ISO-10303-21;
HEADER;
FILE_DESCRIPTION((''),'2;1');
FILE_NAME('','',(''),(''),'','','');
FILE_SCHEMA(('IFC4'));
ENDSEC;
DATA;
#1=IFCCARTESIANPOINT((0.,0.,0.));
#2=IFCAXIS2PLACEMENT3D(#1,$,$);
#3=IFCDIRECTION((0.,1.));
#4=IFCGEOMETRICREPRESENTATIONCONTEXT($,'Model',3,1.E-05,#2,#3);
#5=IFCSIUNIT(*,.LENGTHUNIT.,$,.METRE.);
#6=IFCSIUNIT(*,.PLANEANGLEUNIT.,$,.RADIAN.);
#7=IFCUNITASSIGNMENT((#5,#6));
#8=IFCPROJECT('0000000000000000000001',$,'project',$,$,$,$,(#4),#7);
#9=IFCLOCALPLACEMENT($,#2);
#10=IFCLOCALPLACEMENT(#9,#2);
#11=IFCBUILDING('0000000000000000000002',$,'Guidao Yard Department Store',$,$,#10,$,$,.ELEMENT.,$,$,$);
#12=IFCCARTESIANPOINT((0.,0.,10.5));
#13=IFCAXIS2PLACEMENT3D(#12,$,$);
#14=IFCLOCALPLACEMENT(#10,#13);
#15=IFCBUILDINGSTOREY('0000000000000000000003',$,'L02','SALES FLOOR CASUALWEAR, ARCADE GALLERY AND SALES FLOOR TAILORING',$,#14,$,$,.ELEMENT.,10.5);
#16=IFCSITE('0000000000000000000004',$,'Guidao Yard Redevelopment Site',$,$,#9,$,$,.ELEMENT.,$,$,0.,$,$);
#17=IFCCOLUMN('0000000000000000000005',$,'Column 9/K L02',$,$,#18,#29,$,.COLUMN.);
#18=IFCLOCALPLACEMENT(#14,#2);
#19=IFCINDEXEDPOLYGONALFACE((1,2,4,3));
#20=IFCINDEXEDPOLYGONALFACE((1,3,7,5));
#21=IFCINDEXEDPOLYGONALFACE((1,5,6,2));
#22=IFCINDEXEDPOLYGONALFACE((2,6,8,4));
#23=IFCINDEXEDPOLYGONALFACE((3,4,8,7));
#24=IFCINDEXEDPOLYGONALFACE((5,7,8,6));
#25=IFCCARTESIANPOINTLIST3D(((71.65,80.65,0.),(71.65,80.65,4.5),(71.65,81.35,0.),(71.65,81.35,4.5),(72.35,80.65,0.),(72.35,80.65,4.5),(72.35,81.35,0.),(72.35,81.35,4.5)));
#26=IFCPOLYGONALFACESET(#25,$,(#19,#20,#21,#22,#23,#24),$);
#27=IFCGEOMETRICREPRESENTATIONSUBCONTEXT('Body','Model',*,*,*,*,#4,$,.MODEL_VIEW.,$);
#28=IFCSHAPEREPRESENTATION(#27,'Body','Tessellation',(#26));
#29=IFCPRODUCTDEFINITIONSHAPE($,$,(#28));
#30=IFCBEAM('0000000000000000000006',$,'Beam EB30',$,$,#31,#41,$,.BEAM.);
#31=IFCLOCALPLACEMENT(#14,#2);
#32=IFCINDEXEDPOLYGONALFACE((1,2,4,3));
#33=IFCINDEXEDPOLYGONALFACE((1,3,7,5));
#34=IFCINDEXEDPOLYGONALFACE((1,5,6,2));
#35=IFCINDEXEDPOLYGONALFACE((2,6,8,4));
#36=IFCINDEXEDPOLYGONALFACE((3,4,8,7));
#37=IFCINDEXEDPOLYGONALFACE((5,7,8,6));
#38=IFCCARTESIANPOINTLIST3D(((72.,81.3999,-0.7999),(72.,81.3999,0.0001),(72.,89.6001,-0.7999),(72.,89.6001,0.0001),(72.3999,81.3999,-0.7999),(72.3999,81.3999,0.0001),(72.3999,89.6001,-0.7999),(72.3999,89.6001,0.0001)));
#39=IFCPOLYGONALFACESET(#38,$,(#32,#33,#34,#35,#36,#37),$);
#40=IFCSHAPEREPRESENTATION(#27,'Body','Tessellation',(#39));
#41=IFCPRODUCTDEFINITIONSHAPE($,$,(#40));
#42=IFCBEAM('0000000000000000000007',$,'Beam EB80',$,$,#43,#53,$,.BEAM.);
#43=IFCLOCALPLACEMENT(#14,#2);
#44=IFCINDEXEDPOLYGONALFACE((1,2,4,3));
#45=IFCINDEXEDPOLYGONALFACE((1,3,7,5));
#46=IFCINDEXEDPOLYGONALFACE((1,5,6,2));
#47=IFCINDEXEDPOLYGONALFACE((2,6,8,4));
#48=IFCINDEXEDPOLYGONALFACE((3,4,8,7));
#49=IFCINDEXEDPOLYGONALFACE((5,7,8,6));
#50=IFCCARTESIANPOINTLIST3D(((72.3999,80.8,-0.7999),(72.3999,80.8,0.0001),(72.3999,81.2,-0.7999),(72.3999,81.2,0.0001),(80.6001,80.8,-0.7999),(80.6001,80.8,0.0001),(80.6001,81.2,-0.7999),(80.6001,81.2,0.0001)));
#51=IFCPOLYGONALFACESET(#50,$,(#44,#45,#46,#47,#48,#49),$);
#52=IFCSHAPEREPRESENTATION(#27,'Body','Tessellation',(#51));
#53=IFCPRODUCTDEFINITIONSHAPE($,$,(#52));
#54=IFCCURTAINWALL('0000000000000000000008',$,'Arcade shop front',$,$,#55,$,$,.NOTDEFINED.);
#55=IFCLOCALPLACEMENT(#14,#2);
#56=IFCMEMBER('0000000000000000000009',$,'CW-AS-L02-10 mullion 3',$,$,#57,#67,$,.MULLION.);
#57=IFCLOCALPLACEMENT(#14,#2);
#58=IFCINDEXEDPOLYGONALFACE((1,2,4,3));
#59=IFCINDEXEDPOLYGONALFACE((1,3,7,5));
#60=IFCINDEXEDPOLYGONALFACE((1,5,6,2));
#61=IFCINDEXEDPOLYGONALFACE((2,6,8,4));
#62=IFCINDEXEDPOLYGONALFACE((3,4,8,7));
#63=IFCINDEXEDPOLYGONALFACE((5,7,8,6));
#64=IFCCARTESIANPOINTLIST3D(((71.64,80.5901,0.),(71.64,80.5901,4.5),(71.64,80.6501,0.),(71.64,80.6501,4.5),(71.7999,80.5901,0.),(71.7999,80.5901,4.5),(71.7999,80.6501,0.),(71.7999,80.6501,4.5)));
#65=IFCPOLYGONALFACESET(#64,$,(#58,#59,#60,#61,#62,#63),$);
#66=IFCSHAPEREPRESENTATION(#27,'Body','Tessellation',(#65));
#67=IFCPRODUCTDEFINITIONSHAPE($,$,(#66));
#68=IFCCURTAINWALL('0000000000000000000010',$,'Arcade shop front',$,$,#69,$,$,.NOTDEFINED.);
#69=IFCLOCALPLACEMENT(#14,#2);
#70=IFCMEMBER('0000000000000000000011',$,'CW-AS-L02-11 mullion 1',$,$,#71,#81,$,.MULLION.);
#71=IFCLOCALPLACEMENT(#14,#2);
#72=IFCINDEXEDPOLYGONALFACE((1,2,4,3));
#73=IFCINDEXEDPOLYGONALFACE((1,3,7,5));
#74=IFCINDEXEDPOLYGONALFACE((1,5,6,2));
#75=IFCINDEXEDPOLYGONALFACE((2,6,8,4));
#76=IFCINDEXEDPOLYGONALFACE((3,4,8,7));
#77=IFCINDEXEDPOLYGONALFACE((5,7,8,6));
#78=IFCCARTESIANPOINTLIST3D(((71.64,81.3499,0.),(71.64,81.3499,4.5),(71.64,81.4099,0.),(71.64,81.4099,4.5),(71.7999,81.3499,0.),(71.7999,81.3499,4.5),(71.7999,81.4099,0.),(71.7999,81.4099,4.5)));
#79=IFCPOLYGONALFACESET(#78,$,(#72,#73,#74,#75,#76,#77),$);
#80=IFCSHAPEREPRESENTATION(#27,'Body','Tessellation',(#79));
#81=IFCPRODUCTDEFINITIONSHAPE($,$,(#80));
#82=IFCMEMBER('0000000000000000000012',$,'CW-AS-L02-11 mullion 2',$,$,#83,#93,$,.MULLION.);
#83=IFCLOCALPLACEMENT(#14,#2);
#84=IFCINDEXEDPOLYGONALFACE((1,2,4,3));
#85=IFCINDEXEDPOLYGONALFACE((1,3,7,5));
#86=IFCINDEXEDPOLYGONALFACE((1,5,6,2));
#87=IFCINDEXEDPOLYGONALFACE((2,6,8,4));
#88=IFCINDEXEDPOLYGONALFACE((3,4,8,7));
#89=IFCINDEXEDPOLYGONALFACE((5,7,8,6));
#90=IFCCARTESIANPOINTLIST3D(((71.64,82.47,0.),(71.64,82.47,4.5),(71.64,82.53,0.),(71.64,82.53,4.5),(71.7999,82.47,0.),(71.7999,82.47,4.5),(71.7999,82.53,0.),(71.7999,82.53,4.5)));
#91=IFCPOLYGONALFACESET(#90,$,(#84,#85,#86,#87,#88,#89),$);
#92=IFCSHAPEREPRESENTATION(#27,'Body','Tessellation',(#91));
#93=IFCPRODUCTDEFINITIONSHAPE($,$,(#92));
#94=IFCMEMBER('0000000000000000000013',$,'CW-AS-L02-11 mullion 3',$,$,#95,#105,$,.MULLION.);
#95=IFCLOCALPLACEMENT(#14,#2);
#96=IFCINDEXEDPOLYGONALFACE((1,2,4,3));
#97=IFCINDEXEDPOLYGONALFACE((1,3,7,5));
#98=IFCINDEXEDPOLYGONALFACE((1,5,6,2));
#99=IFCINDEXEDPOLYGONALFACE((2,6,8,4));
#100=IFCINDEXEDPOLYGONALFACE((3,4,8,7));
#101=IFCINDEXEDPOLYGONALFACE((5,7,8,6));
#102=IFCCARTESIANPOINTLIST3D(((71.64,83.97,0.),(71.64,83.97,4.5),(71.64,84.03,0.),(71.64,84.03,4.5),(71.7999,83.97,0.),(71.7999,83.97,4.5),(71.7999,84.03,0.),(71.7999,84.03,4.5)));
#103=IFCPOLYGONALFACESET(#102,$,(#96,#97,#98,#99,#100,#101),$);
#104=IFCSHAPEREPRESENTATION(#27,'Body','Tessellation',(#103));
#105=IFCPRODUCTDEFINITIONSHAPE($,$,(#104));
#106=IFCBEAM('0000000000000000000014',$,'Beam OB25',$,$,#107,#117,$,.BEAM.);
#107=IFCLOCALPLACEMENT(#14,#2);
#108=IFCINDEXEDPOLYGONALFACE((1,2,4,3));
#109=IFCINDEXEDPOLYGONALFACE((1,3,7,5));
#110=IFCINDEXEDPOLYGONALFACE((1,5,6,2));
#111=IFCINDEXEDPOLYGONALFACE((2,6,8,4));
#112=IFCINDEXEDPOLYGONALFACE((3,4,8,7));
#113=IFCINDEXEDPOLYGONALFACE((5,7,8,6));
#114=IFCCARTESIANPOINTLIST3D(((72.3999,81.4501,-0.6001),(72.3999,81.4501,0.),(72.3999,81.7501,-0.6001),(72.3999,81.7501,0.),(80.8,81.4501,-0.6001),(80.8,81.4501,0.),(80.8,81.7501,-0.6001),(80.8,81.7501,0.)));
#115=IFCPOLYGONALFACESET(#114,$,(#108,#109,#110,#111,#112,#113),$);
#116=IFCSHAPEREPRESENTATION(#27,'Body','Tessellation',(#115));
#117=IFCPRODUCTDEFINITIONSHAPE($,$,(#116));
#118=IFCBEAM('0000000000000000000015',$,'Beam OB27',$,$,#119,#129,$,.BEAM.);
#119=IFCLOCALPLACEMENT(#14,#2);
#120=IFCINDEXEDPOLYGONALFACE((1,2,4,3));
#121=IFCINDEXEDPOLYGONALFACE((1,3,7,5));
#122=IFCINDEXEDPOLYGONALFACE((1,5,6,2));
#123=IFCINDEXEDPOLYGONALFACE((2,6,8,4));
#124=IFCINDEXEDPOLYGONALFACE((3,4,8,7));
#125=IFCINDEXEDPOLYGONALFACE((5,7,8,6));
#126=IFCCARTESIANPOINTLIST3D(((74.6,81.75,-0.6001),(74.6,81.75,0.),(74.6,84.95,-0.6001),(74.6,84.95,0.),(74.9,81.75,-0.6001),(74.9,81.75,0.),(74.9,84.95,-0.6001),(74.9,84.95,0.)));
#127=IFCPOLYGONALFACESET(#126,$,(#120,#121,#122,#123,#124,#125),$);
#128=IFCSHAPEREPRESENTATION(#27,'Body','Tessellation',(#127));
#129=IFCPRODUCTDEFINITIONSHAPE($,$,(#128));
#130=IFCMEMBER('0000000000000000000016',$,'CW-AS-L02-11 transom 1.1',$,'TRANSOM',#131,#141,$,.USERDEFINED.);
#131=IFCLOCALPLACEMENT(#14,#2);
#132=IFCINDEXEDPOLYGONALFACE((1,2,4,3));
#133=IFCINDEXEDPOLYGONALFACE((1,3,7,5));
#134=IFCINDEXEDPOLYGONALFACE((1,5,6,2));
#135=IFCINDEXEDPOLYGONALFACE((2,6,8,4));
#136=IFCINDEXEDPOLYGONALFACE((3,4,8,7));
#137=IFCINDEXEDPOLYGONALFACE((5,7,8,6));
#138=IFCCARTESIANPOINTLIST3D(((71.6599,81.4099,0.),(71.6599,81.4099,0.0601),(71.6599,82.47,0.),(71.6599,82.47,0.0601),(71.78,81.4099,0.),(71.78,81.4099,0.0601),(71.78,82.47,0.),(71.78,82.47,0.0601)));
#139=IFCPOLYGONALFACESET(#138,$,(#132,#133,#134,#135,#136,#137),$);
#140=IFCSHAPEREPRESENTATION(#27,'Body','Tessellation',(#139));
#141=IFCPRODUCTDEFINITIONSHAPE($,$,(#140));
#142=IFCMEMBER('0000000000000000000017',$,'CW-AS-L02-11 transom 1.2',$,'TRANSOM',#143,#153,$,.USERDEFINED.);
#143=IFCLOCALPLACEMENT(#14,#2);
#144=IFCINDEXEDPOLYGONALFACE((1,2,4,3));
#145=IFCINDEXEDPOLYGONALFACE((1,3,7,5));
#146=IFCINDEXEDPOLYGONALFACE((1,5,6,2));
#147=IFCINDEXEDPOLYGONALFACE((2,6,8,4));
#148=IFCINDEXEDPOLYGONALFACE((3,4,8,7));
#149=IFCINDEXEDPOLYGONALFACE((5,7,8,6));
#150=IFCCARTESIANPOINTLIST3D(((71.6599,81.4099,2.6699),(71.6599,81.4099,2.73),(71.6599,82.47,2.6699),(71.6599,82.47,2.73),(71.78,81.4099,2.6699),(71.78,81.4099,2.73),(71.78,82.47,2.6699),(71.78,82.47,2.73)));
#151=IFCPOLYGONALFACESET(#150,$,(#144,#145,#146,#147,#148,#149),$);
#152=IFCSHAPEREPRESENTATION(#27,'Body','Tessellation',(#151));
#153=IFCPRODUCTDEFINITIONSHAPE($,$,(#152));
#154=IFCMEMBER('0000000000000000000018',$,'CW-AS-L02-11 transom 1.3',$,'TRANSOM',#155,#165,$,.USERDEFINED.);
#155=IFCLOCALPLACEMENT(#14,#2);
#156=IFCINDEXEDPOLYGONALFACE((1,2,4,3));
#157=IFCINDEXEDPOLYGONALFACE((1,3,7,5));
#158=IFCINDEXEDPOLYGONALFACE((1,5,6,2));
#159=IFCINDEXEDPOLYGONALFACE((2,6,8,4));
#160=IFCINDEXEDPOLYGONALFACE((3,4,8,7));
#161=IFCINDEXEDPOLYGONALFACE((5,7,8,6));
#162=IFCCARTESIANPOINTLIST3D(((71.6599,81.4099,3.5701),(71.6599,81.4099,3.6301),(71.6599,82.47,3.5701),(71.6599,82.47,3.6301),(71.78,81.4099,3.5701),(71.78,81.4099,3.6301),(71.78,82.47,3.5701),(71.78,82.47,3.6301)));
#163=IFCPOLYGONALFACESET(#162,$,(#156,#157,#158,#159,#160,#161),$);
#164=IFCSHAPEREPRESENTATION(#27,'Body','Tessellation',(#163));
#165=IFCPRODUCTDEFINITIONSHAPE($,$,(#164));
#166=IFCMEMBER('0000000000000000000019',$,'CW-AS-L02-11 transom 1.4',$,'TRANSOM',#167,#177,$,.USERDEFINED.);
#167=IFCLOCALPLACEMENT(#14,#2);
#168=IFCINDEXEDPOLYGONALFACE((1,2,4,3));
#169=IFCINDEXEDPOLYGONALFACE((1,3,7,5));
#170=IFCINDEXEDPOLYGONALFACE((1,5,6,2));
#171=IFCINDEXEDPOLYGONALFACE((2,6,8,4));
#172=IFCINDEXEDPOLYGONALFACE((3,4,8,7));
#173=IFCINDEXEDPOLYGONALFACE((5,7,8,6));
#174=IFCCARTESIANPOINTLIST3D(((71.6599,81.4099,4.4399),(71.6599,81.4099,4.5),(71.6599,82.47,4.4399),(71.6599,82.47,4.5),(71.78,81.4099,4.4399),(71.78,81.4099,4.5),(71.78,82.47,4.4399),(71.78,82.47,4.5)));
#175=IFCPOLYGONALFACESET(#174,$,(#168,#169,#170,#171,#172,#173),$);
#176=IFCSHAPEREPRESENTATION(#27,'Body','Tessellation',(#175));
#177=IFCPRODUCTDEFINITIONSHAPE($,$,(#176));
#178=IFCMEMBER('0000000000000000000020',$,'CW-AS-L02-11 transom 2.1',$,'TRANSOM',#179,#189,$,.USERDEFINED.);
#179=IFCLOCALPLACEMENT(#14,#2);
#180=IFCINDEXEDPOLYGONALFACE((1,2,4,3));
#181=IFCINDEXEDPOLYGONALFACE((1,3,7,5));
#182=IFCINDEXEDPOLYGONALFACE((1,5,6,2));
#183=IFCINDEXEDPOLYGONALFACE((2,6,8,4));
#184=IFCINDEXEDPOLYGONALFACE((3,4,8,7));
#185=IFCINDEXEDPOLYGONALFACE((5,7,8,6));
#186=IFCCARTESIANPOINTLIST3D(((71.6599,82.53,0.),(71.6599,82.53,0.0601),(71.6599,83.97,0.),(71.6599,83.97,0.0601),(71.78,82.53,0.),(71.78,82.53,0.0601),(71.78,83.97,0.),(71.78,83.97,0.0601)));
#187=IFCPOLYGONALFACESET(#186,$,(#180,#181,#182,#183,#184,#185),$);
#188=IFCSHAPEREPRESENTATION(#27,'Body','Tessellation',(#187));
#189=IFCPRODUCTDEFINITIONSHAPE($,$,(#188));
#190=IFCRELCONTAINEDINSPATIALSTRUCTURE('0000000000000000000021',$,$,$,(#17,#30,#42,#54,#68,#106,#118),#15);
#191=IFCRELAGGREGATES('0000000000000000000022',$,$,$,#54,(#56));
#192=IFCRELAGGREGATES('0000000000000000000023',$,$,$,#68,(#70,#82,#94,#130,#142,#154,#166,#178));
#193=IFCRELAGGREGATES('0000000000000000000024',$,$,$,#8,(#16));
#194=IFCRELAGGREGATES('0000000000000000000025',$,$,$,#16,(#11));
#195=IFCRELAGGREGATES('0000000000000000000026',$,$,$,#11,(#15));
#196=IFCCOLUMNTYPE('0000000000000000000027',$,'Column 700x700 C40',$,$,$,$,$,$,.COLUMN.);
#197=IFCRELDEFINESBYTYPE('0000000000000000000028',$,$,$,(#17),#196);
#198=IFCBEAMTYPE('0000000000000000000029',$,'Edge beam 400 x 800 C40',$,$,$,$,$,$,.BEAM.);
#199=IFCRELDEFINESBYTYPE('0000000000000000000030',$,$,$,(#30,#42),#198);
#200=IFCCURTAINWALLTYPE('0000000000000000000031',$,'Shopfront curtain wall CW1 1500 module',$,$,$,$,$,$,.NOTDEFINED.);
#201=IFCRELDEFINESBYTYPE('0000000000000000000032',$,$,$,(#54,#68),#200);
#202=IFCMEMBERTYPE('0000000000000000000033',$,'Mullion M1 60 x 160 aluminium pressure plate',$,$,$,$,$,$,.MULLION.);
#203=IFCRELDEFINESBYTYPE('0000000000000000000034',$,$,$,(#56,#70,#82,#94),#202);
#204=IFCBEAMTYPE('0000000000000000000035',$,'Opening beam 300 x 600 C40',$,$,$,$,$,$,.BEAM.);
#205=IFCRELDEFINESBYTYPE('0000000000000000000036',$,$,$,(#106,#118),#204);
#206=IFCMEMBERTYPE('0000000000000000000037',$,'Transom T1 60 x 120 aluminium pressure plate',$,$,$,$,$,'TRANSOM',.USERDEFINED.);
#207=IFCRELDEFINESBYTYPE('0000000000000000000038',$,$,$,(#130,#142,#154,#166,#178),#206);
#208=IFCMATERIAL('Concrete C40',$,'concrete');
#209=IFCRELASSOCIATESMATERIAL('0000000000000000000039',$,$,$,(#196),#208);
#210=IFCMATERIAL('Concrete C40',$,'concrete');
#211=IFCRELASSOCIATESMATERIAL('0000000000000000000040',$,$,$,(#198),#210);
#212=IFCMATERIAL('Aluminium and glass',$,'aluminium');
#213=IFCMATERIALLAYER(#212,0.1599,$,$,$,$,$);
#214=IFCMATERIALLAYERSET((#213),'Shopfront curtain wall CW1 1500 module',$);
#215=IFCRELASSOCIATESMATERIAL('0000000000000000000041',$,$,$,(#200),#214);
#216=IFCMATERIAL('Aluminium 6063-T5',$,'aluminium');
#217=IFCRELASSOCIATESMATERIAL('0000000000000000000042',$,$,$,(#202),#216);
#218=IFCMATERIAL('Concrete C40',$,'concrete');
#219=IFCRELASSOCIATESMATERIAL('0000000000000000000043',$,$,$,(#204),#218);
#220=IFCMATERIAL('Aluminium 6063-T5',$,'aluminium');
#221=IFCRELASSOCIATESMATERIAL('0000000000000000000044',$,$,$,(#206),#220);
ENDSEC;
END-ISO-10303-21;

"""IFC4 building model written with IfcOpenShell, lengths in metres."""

from ifc_helpers import new_model, si_unit, direction, frame, origin, origin_2d, place, context, subcontext, project, spatial, rectangle, extrude, material, layer, layer_set, material_profile, profile_set, type_object, element, aggregate, save


model = new_model("IFC4")

# Units and contexts
model_context = context("Model", 3, precision=1e-05, world=origin(), true_north=direction((0.0, 1.0)))
body_context = subcontext(model_context, "Body", "Model", "MODEL_VIEW")
ifc_project = project(units=[si_unit("LENGTHUNIT", "METRE"), si_unit("PLANEANGLEUNIT", "RADIAN")], contexts=[model_context])

# Site, building, storey
site_placement = place(None, origin())
site = spatial("IfcSite", under=ifc_project, at=site_placement, Name="Guidao Yard Redevelopment Site", CompositionType="ELEMENT", RefElevation=0.0)
building_placement = place(site_placement, origin())
building = spatial("IfcBuilding", under=site, at=building_placement, Name="Guidao Yard Department Store", CompositionType="ELEMENT")
storey_placement = place(building_placement, frame((0.0, 0.0, 10.5)))
storey = spatial("IfcBuildingStorey", under=building, at=storey_placement, Name="L02", Description="SALES FLOOR CASUALWEAR, ARCADE GALLERY AND SALES FLOOR TAILORING", CompositionType="ELEMENT", Elevation=10.5)

# Column
ifc_material_1 = material(Name="Concrete C40", Category="concrete")
ifc_material_profile_1 = material_profile(ifc_material_1, rectangle(XDim=0.7, YDim=0.7, at=origin_2d()), Name="COL 700x700")
ifc_profile_set_1 = profile_set([ifc_material_profile_1], Name="Concrete C40")
column_type = type_object("IfcColumnType", Name="Column 700x700 C40", PredefinedType="COLUMN", material=ifc_profile_set_1)
column_placement = place(storey_placement, frame((72.0, 81.0, 0.0), z_axis=(0.0, 0.0, 1.0), x_axis=(1.0, 0.0, 0.0)))
element("IfcColumn", 1, at=column_placement, inside=storey, type_object=column_type, Name="Column 9/K L02", PredefinedType="COLUMN", context=body_context, shape_type="SweptSolid", body=[
    extrude(rectangle(XDim=0.7, YDim=0.7, at=origin_2d()), origin(), (0.0, 0.0, 1.0), 4.5),
])

# Beams
ifc_material_2 = material(Name="Concrete C40", Category="concrete")
ifc_material_profile_2 = material_profile(ifc_material_2, rectangle(XDim=0.3999, YDim=0.8, at=origin_2d()), Name="Edge beam 400 x 800 C40")
ifc_profile_set_2 = profile_set([ifc_material_profile_2], Name="Concrete C40")
beam_type_1 = type_object("IfcBeamType", Name="Edge beam 400 x 800 C40", PredefinedType="BEAM", material=ifc_profile_set_2)
for number, where, z_axis, x_axis, name in (
    (2, (72.2, 81.3999, -0.3999), (0.0, 1.0, 0.0), (-1.0, 0.0, 0.0), "Beam EB30"),
    (3, (72.3999, 81.0, -0.3999), (1.0, 0.0, 0.0), (0.0, 1.0, 0.0), "Beam EB80"),
):
    element("IfcBeam", number, at=place(storey_placement, frame(where, z_axis=z_axis, x_axis=x_axis)), inside=storey, type_object=beam_type_1, Name=name, PredefinedType="BEAM", context=body_context, shape_type="SweptSolid", body=[
        extrude(rectangle(XDim=0.3999, YDim=0.8, at=origin_2d()), origin(), (0.0, 0.0, 1.0), 8.2002),
    ])

# Curtain wall, member
ifc_material_3 = material(Name="Aluminium and glass", Category="aluminium")
ifc_layer_1 = layer(ifc_material_3, 0.1599)
ifc_layer_set_1 = layer_set([ifc_layer_1], Name="Shopfront curtain wall CW1 1500 module")
curtain_wall_type = type_object("IfcCurtainWallType", Name="Shopfront curtain wall CW1 1500 module", PredefinedType="NOTDEFINED", material=ifc_layer_set_1)
curtain_wall_1_placement = place(storey_placement, origin())
curtain_wall_1 = element("IfcCurtainWall", 4, at=curtain_wall_1_placement, inside=storey, type_object=curtain_wall_type, Name="Arcade shop front", PredefinedType="NOTDEFINED")
ifc_material_4 = material(Name="Aluminium 6063-T5", Category="aluminium")
ifc_material_profile_3 = material_profile(ifc_material_4, rectangle(XDim=0.0601, YDim=0.1599, at=origin_2d()), Name="Mullion M1 60 x 160 aluminium pressure plate")
ifc_profile_set_3 = profile_set([ifc_material_profile_3], Name="Aluminium 6063-T5")
member_type_1 = type_object("IfcMemberType", Name="Mullion M1 60 x 160 aluminium pressure plate", PredefinedType="MULLION", material=ifc_profile_set_3)
member_1_placement = place(storey_placement, frame((71.72, 80.6201, 0.0), z_axis=(0.0, 0.0, 1.0), x_axis=(0.0, 1.0, 0.0)))
member_1 = element("IfcMember", 5, at=member_1_placement, type_object=member_type_1, Name="CW-AS-L02-10 mullion 3", PredefinedType="MULLION", context=body_context, shape_type="SweptSolid", body=[
    extrude(rectangle(XDim=0.0601, YDim=0.1599, at=origin_2d()), origin(), (0.0, 0.0, 1.0), 4.5),
])
aggregate(curtain_wall_1, [member_1])

# Curtain wall, members
curtain_wall_2_placement = place(storey_placement, origin())
curtain_wall_2 = element("IfcCurtainWall", 6, at=curtain_wall_2_placement, inside=storey, type_object=curtain_wall_type, Name="Arcade shop front", PredefinedType="NOTDEFINED")
member_2_placement = place(storey_placement, frame((71.72, 81.3799, 0.0), z_axis=(0.0, 0.0, 1.0), x_axis=(0.0, 1.0, 0.0)))
member_2 = element("IfcMember", 7, at=member_2_placement, type_object=member_type_1, Name="CW-AS-L02-11 mullion 1", PredefinedType="MULLION", context=body_context, shape_type="SweptSolid", body=[
    extrude(rectangle(XDim=0.0601, YDim=0.1599, at=origin_2d()), origin(), (0.0, 0.0, 1.0), 4.5),
])
member_3_placement = place(storey_placement, frame((71.72, 82.5, 0.0), z_axis=(0.0, 0.0, 1.0), x_axis=(0.0, 1.0, 0.0)))
member_3 = element("IfcMember", 8, at=member_3_placement, type_object=member_type_1, Name="CW-AS-L02-11 mullion 2", PredefinedType="MULLION", context=body_context, shape_type="SweptSolid", body=[
    extrude(rectangle(XDim=0.0601, YDim=0.1599, at=origin_2d()), origin(), (0.0, 0.0, 1.0), 4.5),
])
member_4_placement = place(storey_placement, frame((71.72, 84.0, 0.0), z_axis=(0.0, 0.0, 1.0), x_axis=(0.0, 1.0, 0.0)))
member_4 = element("IfcMember", 9, at=member_4_placement, type_object=member_type_1, Name="CW-AS-L02-11 mullion 3", PredefinedType="MULLION", context=body_context, shape_type="SweptSolid", body=[
    extrude(rectangle(XDim=0.0601, YDim=0.1599, at=origin_2d()), origin(), (0.0, 0.0, 1.0), 4.5),
])

# Beams
ifc_material_5 = material(Name="Concrete C40", Category="concrete")
ifc_material_profile_4 = material_profile(ifc_material_5, rectangle(XDim=0.3, YDim=0.6001, at=origin_2d()), Name="Opening beam 300 x 600 C40")
ifc_profile_set_4 = profile_set([ifc_material_profile_4], Name="Concrete C40")
beam_type_2 = type_object("IfcBeamType", Name="Opening beam 300 x 600 C40", PredefinedType="BEAM", material=ifc_profile_set_4)
beam_1_placement = place(storey_placement, frame((72.3999, 81.6001, -0.3), z_axis=(1.0, 0.0, 0.0), x_axis=(0.0, 1.0, 0.0)))
element("IfcBeam", 10, at=beam_1_placement, inside=storey, type_object=beam_type_2, Name="Beam OB25", PredefinedType="BEAM", context=body_context, shape_type="SweptSolid", body=[
    extrude(rectangle(XDim=0.3, YDim=0.6001, at=origin_2d()), origin(), (0.0, 0.0, 1.0), 8.4001),
])
beam_2_placement = place(storey_placement, frame((74.75, 81.75, -0.3), z_axis=(0.0, 1.0, 0.0), x_axis=(-1.0, 0.0, 0.0)))
element("IfcBeam", 11, at=beam_2_placement, inside=storey, type_object=beam_type_2, Name="Beam OB27", PredefinedType="BEAM", context=body_context, shape_type="SweptSolid", body=[
    extrude(rectangle(XDim=0.3, YDim=0.6001, at=origin_2d()), origin(), (0.0, 0.0, 1.0), 3.2),
])

# Members
ifc_material_6 = material(Name="Aluminium 6063-T5", Category="aluminium")
ifc_material_profile_5 = material_profile(ifc_material_6, rectangle(XDim=0.1201, YDim=0.0601, at=origin_2d()), Name="Transom T1 60 x 120 aluminium pressure plate")
ifc_profile_set_5 = profile_set([ifc_material_profile_5], Name="Aluminium 6063-T5")
member_type_2 = type_object("IfcMemberType", Name="Transom T1 60 x 120 aluminium pressure plate", ElementType="TRANSOM", PredefinedType="USERDEFINED", material=ifc_profile_set_5)
member_5_placement = place(storey_placement, frame((71.72, 81.4099, 0.03), z_axis=(0.0, 1.0, 0.0), x_axis=(-1.0, 0.0, 0.0)))
member_5 = element("IfcMember", 12, at=member_5_placement, type_object=member_type_2, Name="CW-AS-L02-11 transom 1.1", ObjectType="TRANSOM", PredefinedType="USERDEFINED", context=body_context, shape_type="SweptSolid", body=[
    extrude(rectangle(XDim=0.1201, YDim=0.0601, at=origin_2d()), origin(), (0.0, 0.0, 1.0), 1.0601),
])
member_6_placement = place(storey_placement, frame((71.72, 81.4099, 2.7), z_axis=(0.0, 1.0, 0.0), x_axis=(-1.0, 0.0, 0.0)))
member_6 = element("IfcMember", 13, at=member_6_placement, type_object=member_type_2, Name="CW-AS-L02-11 transom 1.2", ObjectType="TRANSOM", PredefinedType="USERDEFINED", context=body_context, shape_type="SweptSolid", body=[
    extrude(rectangle(XDim=0.1201, YDim=0.0601, at=origin_2d()), origin(), (0.0, 0.0, 1.0), 1.0601),
])
member_7_placement = place(storey_placement, frame((71.72, 81.4099, 3.6001), z_axis=(0.0, 1.0, 0.0), x_axis=(-1.0, 0.0, 0.0)))
member_7 = element("IfcMember", 14, at=member_7_placement, type_object=member_type_2, Name="CW-AS-L02-11 transom 1.3", ObjectType="TRANSOM", PredefinedType="USERDEFINED", context=body_context, shape_type="SweptSolid", body=[
    extrude(rectangle(XDim=0.1201, YDim=0.0601, at=origin_2d()), origin(), (0.0, 0.0, 1.0), 1.0601),
])
member_8_placement = place(storey_placement, frame((71.72, 81.4099, 4.47), z_axis=(0.0, 1.0, 0.0), x_axis=(-1.0, 0.0, 0.0)))
member_8 = element("IfcMember", 15, at=member_8_placement, type_object=member_type_2, Name="CW-AS-L02-11 transom 1.4", ObjectType="TRANSOM", PredefinedType="USERDEFINED", context=body_context, shape_type="SweptSolid", body=[
    extrude(rectangle(XDim=0.1201, YDim=0.0601, at=origin_2d()), origin(), (0.0, 0.0, 1.0), 1.0601),
])
member_9_placement = place(storey_placement, frame((71.72, 82.53, 0.03), z_axis=(0.0, 1.0, 0.0), x_axis=(-1.0, 0.0, 0.0)))
member_9 = element("IfcMember", 16, at=member_9_placement, type_object=member_type_2, Name="CW-AS-L02-11 transom 2.1", ObjectType="TRANSOM", PredefinedType="USERDEFINED", context=body_context, shape_type="SweptSolid", body=[
    extrude(rectangle(XDim=0.1201, YDim=0.0601, at=origin_2d()), origin(), (0.0, 0.0, 1.0), 1.4399),
])

aggregate(curtain_wall_2, [member_2, member_3, member_4, member_5, member_6, member_7, member_8, member_9])

save(model, "model.ifc")
